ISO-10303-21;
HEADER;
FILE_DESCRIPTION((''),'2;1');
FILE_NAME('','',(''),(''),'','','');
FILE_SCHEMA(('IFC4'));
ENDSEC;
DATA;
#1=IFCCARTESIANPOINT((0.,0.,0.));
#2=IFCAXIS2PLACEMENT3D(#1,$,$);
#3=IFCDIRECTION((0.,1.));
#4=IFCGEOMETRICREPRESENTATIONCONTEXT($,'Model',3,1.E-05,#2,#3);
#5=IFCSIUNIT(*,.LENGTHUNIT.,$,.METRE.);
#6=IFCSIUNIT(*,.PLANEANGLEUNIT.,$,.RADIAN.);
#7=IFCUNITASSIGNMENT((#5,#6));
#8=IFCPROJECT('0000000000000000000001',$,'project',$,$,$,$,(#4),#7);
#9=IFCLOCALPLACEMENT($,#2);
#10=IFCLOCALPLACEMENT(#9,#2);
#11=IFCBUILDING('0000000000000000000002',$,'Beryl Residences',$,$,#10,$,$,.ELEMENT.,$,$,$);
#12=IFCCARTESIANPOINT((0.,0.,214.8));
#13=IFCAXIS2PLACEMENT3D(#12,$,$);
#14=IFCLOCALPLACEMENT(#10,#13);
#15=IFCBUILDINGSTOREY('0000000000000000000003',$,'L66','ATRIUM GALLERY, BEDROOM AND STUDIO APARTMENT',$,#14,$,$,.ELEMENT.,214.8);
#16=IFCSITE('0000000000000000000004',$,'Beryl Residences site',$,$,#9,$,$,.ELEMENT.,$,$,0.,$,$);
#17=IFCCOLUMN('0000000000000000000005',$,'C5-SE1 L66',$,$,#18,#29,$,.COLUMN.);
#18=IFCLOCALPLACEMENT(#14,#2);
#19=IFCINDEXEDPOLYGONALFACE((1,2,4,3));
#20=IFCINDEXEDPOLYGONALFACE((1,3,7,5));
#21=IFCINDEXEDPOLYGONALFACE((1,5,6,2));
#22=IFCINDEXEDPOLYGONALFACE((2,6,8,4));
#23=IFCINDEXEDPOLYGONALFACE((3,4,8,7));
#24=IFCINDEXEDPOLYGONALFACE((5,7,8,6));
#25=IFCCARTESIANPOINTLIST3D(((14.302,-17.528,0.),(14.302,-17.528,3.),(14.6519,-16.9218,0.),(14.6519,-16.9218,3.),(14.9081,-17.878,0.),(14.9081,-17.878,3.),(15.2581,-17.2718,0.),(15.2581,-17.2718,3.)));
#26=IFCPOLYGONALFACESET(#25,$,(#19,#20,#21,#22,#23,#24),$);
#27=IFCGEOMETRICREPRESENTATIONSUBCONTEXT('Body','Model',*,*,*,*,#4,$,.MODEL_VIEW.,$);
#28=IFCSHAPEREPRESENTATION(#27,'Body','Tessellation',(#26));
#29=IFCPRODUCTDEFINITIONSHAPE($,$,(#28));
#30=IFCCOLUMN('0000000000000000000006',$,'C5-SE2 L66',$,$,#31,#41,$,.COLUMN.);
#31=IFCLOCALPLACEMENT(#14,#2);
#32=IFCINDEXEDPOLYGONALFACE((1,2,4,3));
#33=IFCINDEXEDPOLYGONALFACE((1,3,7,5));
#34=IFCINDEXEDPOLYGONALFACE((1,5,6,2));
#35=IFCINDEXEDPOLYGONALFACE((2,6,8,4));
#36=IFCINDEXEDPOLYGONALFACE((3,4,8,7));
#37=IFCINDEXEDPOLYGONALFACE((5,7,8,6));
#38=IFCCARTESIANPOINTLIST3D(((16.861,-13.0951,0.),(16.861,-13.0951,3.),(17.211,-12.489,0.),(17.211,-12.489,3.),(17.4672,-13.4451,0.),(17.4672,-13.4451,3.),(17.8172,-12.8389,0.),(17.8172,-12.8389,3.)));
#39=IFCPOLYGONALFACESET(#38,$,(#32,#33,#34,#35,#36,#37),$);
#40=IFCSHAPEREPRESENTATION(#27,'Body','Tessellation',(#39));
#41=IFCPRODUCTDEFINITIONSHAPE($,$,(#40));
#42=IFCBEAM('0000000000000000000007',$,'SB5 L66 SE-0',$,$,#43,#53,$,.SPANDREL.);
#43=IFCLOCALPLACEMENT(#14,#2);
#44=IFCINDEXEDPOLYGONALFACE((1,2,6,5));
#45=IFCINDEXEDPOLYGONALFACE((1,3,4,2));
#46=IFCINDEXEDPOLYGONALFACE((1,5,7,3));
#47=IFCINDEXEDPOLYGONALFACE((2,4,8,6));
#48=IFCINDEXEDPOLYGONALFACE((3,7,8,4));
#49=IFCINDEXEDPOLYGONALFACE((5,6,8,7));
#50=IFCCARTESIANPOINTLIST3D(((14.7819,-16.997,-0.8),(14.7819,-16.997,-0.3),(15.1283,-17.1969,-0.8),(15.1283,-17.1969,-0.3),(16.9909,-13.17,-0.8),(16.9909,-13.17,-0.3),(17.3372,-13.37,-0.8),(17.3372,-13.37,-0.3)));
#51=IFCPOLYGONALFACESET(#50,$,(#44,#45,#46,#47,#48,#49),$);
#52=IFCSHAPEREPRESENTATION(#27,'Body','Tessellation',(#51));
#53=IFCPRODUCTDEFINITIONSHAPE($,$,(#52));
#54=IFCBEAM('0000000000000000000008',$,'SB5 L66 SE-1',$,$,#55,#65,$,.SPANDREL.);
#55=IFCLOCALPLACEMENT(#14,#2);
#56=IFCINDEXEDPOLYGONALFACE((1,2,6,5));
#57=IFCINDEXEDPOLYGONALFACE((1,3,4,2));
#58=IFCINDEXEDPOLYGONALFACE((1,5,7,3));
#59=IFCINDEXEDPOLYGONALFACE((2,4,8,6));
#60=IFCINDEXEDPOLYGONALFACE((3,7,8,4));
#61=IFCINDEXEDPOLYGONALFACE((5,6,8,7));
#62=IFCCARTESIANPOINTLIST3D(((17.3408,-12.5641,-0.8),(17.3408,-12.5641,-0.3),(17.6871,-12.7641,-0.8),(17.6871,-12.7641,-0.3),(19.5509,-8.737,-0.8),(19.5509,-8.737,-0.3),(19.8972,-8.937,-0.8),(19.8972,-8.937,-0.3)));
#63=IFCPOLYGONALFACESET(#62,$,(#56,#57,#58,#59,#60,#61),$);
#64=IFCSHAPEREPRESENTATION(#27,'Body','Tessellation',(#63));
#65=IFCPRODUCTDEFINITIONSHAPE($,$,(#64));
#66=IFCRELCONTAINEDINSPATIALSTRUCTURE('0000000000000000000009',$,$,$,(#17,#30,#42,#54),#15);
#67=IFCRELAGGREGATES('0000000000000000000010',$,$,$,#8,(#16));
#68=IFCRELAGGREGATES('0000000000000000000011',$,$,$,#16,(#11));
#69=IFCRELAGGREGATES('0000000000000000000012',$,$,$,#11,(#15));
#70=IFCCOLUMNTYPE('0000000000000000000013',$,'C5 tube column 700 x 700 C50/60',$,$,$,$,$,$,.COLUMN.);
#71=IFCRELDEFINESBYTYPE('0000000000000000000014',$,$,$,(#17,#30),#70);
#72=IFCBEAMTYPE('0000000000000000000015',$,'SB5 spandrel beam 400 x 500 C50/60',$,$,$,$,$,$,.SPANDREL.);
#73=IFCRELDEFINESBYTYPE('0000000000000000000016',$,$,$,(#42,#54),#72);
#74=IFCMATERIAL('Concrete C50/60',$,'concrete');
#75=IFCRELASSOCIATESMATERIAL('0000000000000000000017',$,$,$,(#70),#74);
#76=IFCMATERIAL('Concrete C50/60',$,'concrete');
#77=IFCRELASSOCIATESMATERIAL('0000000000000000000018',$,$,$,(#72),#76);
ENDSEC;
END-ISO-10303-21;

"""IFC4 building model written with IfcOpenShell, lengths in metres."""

from ifc_helpers import new_model, si_unit, direction, frame, origin, origin_2d, place, context, subcontext, project, spatial, rectangle, extrude, material, material_profile, profile_set, type_object, element, save


model = new_model("IFC4")

# Units and contexts
model_context = context("Model", 3, precision=1e-05, world=origin(), true_north=direction((0.0, 1.0)))
body_context = subcontext(model_context, "Body", "Model", "MODEL_VIEW")
ifc_project = project(units=[si_unit("LENGTHUNIT", "METRE"), si_unit("PLANEANGLEUNIT", "RADIAN")], contexts=[model_context])

# Site, building, storey
site_placement = place(None, origin())
site = spatial("IfcSite", under=ifc_project, at=site_placement, Name="Beryl Residences site", CompositionType="ELEMENT", RefElevation=0.0)
building_placement = place(site_placement, origin())
building = spatial("IfcBuilding", under=site, at=building_placement, Name="Beryl Residences", CompositionType="ELEMENT")
storey_placement = place(building_placement, frame((0.0, 0.0, 214.8)))
storey = spatial("IfcBuildingStorey", under=building, at=storey_placement, Name="L66", Description="ATRIUM GALLERY, BEDROOM AND STUDIO APARTMENT", CompositionType="ELEMENT", Elevation=214.8)

# Columns
ifc_material_1 = material(Name="Concrete C50/60", Category="concrete")
ifc_material_profile_1 = material_profile(ifc_material_1, rectangle(XDim=0.7, YDim=0.7, at=origin_2d()))
ifc_profile_set_1 = profile_set([ifc_material_profile_1], Name="Concrete C50/60")
column_type = type_object("IfcColumnType", Name="C5 tube column 700 x 700 C50/60", PredefinedType="COLUMN", material=ifc_profile_set_1)
for number, where, z_axis, x_axis, name in (
    (1, (14.78, -17.3999, 0.0), (0.0, 0.0, 1.0), (0.499985, 0.866034, 0.0), "C5-SE1 L66"),
    (2, (17.3391, -12.967, 0.0), (0.0, 0.0, 1.0), (0.499985, 0.866034, 0.0), "C5-SE2 L66"),
):
    element("IfcColumn", number, at=place(storey_placement, frame(where, z_axis=z_axis, x_axis=x_axis)), inside=storey, type_object=column_type, Name=name, PredefinedType="COLUMN", context=body_context, shape_type="SweptSolid", body=[
        extrude(rectangle(XDim=0.7, YDim=0.7, at=origin_2d()), origin(), (0.0, 0.0, 1.0), 3.0),
    ])

# Beams
ifc_material_2 = material(Name="Concrete C50/60", Category="concrete")
ifc_material_profile_2 = material_profile(ifc_material_2, rectangle(XDim=0.3999, YDim=0.5, at=origin_2d()))
ifc_profile_set_2 = profile_set([ifc_material_profile_2], Name="Concrete C50/60")
beam_type = type_object("IfcBeamType", Name="SB5 spandrel beam 400 x 500 C50/60", PredefinedType="SPANDREL", material=ifc_profile_set_2)
beam_1_placement = place(storey_placement, frame((14.9551, -17.0969, -0.55), z_axis=(0.499919, 0.866072, 0.0), x_axis=(-0.866072, 0.499919, 0.0)))
element("IfcBeam", 3, at=beam_1_placement, inside=storey, type_object=beam_type, Name="SB5 L66 SE-0", PredefinedType="SPANDREL", context=body_context, shape_type="SweptSolid", body=[
    extrude(rectangle(XDim=0.3999, YDim=0.5, at=origin_2d()), origin(), (0.0, 0.0, 1.0), 4.4187),
])
beam_2_placement = place(storey_placement, frame((17.5139, -12.6641, -0.55), z_axis=(0.500102, 0.865967, 0.0), x_axis=(-0.865967, 0.500102, 0.0)))
element("IfcBeam", 4, at=beam_2_placement, inside=storey, type_object=beam_type, Name="SB5 L66 SE-1", PredefinedType="SPANDREL", context=body_context, shape_type="SweptSolid", body=[
    extrude(rectangle(XDim=0.3999, YDim=0.5, at=origin_2d()), origin(), (0.0, 0.0, 1.0), 4.4194),
])

save(model, "model.ifc")
